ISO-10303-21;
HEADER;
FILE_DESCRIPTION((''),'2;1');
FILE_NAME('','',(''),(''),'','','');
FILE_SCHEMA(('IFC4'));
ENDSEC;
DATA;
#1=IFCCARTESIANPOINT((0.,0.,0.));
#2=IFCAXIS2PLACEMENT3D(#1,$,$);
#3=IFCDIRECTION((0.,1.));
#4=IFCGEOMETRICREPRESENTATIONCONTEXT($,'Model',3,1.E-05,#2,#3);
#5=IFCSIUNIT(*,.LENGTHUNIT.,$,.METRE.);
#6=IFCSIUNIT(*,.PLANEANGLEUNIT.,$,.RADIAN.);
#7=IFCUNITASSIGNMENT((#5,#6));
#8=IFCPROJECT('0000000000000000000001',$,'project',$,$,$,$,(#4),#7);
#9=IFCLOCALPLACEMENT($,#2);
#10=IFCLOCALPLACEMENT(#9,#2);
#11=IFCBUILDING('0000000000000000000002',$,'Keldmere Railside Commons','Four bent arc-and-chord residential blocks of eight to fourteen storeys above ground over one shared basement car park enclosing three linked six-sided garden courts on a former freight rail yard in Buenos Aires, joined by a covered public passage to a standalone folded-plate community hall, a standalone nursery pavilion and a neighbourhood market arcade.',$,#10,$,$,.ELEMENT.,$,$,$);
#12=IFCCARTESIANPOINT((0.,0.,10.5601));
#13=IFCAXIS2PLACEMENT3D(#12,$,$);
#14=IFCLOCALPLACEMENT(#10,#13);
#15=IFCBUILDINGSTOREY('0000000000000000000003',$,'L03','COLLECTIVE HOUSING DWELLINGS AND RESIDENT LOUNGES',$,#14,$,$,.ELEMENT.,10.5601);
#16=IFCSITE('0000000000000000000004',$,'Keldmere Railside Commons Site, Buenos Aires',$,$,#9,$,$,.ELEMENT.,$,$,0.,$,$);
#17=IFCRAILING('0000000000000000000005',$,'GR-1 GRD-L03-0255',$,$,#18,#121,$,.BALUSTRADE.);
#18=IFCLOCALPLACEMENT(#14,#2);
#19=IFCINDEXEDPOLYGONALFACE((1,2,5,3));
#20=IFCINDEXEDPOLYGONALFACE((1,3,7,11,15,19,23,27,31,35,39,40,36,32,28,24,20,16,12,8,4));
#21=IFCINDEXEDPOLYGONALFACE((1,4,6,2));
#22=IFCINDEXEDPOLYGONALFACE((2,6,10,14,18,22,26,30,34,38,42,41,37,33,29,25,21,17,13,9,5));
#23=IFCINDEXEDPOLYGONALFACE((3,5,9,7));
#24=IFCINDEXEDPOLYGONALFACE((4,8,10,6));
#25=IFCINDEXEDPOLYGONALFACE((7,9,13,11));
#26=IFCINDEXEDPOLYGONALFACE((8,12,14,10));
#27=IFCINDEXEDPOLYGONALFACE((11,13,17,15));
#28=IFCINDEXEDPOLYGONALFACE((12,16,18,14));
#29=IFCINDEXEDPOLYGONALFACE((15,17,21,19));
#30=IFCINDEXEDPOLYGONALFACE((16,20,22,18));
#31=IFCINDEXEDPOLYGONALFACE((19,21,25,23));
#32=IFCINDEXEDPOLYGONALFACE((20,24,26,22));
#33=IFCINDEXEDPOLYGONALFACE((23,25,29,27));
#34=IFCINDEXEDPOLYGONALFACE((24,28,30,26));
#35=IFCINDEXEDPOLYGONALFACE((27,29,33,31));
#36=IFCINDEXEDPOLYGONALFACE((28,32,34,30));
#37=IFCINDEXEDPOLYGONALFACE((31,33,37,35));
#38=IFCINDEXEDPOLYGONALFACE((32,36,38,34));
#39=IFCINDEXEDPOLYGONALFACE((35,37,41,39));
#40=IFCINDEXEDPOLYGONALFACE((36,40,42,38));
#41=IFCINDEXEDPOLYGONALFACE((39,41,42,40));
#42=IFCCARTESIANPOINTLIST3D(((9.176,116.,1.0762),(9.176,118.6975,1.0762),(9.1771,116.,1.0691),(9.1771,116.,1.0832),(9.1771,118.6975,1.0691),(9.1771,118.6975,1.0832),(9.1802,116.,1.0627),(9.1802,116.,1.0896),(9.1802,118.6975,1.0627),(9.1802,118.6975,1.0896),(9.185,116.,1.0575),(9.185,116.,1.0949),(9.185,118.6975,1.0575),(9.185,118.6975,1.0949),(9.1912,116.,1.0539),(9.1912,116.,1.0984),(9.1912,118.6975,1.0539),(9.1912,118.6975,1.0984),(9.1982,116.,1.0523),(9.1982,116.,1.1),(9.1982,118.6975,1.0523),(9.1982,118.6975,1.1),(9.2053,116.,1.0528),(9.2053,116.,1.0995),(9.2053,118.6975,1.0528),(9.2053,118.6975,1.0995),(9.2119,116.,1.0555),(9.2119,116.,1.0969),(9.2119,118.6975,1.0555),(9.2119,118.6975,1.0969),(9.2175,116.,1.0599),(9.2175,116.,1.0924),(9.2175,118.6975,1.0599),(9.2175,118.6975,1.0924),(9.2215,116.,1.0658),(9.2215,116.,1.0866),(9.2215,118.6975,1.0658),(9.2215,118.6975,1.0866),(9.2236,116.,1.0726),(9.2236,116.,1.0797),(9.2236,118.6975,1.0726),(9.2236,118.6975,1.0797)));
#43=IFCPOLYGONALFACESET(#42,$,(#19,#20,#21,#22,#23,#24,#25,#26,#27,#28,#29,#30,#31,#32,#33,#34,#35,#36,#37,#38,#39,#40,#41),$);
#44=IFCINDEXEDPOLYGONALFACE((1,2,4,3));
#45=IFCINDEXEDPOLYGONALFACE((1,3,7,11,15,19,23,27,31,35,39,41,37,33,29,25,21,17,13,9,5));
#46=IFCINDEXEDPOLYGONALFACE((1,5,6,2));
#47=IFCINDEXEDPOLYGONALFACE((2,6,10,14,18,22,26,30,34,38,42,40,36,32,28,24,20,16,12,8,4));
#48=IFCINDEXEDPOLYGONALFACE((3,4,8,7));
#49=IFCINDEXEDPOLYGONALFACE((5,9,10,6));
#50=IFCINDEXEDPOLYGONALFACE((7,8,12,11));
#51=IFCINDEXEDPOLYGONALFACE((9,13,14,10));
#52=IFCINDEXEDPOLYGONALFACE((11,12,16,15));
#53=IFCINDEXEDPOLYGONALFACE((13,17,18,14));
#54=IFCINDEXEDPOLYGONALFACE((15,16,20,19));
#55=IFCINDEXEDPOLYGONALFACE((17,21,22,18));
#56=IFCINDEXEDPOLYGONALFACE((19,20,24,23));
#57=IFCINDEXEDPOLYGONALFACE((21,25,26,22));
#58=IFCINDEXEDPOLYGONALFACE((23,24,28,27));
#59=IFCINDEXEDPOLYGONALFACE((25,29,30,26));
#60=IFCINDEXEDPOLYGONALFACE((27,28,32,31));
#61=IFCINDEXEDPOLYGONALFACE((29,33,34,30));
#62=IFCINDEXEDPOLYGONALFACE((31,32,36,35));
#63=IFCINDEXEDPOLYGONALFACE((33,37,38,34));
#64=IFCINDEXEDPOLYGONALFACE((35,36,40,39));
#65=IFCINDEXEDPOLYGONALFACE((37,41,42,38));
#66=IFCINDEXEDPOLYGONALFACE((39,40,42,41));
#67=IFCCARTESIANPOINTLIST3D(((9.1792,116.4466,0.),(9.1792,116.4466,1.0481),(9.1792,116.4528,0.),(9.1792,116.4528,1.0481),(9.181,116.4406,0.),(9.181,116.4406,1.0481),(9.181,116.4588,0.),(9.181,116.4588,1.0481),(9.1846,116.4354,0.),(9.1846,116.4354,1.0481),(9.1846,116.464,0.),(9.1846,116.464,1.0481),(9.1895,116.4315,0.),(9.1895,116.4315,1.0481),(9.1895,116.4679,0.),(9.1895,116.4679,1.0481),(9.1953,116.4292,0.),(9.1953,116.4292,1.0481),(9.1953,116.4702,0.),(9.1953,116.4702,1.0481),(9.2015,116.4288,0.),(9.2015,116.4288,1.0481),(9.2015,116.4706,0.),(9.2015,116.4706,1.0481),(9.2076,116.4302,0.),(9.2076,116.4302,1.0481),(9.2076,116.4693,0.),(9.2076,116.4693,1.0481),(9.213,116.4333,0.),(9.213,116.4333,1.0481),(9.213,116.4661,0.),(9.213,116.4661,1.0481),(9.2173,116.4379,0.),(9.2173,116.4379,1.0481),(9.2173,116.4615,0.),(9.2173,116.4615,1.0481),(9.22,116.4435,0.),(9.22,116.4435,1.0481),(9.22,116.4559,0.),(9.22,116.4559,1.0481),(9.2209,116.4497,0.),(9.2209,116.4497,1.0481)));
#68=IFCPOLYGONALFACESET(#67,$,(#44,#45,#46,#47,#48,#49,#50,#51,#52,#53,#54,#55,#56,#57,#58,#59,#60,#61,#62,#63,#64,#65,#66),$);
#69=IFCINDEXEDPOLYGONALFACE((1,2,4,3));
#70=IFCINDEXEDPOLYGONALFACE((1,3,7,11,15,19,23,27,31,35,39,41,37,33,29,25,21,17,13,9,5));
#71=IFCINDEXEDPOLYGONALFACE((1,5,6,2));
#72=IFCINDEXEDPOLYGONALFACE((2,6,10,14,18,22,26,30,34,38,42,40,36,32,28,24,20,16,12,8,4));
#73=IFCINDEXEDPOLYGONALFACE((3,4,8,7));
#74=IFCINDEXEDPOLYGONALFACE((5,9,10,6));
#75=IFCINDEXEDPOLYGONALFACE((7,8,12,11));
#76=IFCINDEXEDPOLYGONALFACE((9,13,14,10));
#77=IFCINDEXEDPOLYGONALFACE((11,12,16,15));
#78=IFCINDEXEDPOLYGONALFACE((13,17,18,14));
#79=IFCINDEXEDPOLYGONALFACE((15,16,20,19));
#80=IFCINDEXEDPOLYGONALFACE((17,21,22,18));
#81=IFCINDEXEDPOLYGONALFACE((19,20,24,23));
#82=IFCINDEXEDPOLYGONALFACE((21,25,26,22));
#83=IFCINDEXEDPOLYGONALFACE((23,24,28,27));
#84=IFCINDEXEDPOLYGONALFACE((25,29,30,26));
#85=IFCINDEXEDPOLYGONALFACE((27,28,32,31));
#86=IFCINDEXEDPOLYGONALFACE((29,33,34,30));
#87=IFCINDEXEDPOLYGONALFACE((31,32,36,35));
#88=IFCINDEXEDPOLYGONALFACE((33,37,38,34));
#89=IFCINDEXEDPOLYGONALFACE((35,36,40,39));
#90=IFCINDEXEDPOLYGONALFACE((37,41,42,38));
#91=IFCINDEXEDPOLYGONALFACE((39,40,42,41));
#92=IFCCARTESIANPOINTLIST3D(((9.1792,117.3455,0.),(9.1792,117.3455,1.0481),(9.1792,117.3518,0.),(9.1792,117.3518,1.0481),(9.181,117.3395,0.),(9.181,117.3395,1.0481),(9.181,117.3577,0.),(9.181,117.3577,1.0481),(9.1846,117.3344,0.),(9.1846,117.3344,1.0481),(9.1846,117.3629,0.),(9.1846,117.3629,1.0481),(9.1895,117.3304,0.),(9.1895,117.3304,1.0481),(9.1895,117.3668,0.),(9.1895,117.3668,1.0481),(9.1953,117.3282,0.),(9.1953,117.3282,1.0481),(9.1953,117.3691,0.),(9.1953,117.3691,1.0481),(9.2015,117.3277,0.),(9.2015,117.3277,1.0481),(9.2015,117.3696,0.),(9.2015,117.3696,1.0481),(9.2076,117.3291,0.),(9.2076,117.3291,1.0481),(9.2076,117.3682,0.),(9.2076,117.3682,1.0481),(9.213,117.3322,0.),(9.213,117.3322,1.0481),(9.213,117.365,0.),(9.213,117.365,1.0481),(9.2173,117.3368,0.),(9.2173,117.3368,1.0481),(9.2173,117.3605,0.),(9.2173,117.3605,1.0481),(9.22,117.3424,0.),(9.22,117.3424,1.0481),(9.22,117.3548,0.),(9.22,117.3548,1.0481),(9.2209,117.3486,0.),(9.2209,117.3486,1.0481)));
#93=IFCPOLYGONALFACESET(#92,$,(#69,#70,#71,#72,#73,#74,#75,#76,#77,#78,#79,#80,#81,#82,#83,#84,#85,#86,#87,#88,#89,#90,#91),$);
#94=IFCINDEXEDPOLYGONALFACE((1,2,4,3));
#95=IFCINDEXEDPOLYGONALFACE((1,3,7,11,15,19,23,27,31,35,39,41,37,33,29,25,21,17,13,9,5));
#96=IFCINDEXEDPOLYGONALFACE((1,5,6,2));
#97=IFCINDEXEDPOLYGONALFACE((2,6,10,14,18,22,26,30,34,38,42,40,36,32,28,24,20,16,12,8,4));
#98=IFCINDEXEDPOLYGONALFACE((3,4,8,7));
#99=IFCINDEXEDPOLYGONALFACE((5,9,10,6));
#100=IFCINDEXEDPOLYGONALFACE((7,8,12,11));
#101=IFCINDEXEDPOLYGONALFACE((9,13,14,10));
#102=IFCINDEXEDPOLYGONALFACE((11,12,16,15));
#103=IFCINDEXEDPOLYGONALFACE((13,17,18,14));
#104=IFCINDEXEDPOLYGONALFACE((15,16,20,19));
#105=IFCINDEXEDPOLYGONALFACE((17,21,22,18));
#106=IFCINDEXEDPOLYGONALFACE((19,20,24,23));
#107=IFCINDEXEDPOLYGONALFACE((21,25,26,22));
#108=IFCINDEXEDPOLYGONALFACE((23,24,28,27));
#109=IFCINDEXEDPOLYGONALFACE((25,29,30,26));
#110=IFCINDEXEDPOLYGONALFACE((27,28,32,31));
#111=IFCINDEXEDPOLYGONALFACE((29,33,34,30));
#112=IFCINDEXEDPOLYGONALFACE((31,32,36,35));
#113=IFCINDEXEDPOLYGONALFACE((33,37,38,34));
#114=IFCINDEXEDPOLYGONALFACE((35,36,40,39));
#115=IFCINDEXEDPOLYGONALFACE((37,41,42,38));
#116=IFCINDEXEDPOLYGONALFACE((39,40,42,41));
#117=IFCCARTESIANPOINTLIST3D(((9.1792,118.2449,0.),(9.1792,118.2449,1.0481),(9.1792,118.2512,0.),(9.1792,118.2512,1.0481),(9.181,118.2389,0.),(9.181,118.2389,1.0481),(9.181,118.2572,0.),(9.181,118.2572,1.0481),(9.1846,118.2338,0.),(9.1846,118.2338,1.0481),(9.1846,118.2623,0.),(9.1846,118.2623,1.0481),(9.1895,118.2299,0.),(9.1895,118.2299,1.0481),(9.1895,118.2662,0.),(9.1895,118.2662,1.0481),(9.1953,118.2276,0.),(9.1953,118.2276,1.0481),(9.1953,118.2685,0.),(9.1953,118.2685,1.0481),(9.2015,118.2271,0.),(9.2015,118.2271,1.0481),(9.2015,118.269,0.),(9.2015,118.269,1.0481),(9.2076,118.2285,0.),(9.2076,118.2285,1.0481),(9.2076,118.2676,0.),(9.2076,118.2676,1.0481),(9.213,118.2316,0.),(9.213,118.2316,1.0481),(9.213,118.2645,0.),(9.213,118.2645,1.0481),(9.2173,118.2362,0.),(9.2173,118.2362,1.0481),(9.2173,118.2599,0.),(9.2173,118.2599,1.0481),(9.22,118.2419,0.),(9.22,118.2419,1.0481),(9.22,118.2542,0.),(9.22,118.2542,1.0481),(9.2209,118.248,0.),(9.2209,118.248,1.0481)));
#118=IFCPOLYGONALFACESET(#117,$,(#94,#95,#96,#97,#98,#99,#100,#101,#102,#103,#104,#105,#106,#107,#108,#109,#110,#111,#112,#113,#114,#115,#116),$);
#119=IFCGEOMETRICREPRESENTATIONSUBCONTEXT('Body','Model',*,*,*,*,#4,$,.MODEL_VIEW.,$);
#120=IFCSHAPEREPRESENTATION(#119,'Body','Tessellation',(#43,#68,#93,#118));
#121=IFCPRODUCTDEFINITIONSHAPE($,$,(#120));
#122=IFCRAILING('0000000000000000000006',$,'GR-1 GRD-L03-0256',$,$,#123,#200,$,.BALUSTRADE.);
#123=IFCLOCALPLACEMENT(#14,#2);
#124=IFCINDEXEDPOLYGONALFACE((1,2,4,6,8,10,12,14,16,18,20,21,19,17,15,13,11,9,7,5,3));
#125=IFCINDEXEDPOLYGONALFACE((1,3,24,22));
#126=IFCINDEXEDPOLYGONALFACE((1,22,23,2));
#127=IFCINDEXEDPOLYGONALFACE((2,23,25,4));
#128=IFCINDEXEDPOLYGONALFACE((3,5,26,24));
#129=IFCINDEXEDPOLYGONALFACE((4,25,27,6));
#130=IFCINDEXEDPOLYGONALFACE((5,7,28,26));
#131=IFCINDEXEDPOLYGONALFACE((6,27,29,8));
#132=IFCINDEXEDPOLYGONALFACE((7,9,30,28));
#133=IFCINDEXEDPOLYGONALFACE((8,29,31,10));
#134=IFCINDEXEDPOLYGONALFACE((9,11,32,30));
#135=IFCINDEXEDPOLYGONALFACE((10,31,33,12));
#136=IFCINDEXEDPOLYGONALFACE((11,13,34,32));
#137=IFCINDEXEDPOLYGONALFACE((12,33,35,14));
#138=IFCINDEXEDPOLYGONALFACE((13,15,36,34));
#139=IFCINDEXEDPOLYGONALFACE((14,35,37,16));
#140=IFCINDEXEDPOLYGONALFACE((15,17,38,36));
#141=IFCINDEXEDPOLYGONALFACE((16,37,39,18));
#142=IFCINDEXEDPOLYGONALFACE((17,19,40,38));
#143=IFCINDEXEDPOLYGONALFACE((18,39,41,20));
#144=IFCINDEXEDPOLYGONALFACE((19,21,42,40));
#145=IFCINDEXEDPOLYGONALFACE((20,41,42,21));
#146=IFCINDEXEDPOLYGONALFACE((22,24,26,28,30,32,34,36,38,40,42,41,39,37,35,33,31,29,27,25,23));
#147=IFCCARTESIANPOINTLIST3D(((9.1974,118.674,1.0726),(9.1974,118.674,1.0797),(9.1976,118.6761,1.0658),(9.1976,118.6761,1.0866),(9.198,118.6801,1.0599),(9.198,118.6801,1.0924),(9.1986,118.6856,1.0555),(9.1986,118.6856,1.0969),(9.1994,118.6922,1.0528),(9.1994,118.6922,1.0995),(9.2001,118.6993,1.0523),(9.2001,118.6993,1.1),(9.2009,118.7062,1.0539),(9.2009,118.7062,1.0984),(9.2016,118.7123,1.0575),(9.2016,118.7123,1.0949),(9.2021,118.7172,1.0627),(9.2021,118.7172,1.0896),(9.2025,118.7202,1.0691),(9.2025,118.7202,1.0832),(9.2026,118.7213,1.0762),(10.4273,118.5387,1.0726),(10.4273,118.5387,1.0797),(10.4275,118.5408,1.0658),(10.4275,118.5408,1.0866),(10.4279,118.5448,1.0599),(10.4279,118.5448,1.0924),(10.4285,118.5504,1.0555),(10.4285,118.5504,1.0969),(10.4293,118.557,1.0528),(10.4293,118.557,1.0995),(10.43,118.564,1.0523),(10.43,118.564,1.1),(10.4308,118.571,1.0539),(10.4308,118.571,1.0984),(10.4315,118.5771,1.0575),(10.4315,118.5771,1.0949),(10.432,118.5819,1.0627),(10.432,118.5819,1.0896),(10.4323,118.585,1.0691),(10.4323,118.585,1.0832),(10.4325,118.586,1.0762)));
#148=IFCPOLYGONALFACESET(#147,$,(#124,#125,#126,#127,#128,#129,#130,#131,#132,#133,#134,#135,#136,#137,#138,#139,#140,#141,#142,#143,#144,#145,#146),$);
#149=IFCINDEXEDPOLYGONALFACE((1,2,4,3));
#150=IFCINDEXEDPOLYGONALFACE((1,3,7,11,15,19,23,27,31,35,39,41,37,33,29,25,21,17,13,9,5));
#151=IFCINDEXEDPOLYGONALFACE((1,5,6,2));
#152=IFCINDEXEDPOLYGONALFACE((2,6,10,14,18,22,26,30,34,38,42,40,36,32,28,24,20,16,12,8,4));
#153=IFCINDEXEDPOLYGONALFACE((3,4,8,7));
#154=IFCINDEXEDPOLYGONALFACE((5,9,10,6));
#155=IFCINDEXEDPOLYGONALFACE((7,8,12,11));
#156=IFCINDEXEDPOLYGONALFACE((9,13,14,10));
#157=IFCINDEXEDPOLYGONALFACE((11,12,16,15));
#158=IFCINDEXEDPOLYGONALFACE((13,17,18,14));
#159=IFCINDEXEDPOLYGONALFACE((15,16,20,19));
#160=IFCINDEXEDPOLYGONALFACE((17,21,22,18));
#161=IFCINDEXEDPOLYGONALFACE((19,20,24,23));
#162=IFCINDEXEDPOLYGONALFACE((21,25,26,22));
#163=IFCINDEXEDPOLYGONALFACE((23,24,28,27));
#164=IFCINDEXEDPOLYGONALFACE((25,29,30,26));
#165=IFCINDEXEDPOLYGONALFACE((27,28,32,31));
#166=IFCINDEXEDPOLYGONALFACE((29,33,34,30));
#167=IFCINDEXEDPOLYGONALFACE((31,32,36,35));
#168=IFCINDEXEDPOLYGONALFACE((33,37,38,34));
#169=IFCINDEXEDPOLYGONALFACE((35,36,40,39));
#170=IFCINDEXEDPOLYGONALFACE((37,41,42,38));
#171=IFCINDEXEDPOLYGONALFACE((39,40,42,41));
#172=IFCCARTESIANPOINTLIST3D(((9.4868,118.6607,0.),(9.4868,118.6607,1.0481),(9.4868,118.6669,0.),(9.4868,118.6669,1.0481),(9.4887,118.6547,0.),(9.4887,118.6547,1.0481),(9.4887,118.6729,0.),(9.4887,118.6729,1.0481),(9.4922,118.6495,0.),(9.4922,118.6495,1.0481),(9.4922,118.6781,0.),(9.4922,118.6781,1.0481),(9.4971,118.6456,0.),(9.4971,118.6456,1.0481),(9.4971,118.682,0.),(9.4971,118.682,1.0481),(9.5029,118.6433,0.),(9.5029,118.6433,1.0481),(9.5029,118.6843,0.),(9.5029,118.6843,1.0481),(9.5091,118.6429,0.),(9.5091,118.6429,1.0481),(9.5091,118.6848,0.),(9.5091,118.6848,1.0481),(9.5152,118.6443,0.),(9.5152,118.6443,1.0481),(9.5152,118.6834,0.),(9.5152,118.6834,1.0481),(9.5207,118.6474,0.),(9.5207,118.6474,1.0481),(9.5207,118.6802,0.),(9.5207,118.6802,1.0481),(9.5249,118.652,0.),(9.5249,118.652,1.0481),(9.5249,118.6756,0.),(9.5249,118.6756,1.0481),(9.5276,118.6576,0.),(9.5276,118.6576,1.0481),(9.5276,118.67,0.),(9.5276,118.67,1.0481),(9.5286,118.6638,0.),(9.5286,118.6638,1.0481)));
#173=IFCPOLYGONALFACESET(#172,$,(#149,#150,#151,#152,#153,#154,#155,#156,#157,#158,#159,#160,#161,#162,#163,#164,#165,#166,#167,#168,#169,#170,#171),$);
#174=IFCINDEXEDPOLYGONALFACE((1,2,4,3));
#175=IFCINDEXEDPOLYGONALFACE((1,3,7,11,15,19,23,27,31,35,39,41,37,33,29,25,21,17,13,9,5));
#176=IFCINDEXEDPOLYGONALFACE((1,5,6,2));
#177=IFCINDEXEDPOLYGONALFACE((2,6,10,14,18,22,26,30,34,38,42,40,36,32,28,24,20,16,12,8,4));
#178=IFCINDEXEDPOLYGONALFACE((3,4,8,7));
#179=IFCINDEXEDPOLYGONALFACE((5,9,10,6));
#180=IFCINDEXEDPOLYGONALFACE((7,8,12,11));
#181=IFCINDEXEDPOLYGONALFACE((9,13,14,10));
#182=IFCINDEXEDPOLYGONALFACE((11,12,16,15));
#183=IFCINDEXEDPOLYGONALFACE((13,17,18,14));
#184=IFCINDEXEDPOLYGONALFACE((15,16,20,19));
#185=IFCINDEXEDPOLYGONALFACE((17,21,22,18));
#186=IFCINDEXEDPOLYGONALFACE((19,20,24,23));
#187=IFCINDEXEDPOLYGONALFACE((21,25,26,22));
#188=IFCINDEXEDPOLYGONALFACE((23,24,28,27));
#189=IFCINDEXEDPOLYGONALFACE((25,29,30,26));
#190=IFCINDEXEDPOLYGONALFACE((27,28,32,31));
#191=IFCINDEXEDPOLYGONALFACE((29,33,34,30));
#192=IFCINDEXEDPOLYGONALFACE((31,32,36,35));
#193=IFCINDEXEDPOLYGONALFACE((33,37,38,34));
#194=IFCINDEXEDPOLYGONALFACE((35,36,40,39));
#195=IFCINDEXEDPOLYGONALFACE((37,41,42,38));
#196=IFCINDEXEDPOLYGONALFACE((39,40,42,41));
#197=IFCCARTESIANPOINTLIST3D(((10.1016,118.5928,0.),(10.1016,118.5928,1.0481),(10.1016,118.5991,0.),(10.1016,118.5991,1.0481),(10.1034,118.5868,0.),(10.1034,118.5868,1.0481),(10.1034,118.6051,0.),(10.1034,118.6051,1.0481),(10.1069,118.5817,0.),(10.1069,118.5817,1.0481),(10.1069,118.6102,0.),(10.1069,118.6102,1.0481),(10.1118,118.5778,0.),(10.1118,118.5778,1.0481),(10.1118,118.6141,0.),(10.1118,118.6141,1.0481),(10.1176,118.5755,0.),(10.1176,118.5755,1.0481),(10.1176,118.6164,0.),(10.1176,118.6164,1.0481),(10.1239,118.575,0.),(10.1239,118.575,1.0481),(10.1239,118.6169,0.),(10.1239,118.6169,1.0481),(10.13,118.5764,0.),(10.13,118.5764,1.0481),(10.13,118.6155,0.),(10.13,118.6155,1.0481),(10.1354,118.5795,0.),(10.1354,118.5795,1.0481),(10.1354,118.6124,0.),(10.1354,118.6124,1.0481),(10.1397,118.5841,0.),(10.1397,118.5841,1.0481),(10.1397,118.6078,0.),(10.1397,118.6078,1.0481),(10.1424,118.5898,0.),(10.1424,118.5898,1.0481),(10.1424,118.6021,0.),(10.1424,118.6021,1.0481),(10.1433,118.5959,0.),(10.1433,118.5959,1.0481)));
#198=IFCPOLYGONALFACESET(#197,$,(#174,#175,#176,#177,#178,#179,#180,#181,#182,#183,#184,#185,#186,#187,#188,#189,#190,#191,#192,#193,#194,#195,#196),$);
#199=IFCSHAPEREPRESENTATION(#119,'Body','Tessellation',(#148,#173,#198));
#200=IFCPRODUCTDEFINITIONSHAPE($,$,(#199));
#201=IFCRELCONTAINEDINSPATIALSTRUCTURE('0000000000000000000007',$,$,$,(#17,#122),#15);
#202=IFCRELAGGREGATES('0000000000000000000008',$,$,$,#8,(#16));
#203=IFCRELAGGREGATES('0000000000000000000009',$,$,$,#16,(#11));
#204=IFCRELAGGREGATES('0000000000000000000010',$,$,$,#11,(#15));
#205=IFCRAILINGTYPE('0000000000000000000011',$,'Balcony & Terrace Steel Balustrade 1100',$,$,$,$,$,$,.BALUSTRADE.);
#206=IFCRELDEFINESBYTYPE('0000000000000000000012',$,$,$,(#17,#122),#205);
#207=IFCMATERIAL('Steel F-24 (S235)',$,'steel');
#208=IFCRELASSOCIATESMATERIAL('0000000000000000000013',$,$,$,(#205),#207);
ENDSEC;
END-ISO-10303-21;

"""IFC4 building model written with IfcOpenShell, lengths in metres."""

from ifc_helpers import new_model, si_unit, direction, frame, origin, origin_2d, place, context, subcontext, project, spatial, circle, extrude, material, type_object, element, save


model = new_model("IFC4")

# Units and contexts
model_context = context("Model", 3, precision=1e-05, world=origin(), true_north=direction((0.0, 1.0)))
body_context = subcontext(model_context, "Body", "Model", "MODEL_VIEW")
ifc_project = project(units=[si_unit("LENGTHUNIT", "METRE"), si_unit("PLANEANGLEUNIT", "RADIAN")], contexts=[model_context])

# Site, building, storey
site_placement = place(None, origin())
site = spatial("IfcSite", under=ifc_project, at=site_placement, Name="Keldmere Railside Commons Site, Buenos Aires", CompositionType="ELEMENT", RefElevation=0.0)
building_placement = place(site_placement, origin())
building = spatial("IfcBuilding", under=site, at=building_placement, Name="Keldmere Railside Commons", Description="Four bent arc-and-chord residential blocks of eight to fourteen storeys above ground over one shared basement car park enclosing three linked six-sided garden courts on a former freight rail yard in Buenos Aires, joined by a covered public passage to a standalone folded-plate community hall, a standalone nursery pavilion and a neighbourhood market arcade.", CompositionType="ELEMENT")
storey_placement = place(building_placement, frame((0.0, 0.0, 10.5601)))
storey = spatial("IfcBuildingStorey", under=building, at=storey_placement, Name="L03", Description="COLLECTIVE HOUSING DWELLINGS AND RESIDENT LOUNGES", CompositionType="ELEMENT", Elevation=10.5601)

# Railings
ifc_material_1 = material(Name="Steel F-24 (S235)", Category="steel")
railing_type = type_object("IfcRailingType", Name="Balcony & Terrace Steel Balustrade 1100", PredefinedType="BALUSTRADE", material=ifc_material_1)
railing_1_placement = place(storey_placement, frame((9.2, 116.0, 0.0)))
element("IfcRailing", 1, at=railing_1_placement, inside=storey, type_object=railing_type, Name="GR-1 GRD-L03-0255", PredefinedType="BALUSTRADE", context=body_context, shape_type="SweptSolid", body=[
    extrude(circle(Radius=0.0239, at=origin_2d()), frame((0.0, 0.0, 1.0762), z_axis=(0.0, 1.0, 0.0), x_axis=(-1.0, 0.0, 0.0)), (0.0, 0.0, 1.0), 2.6975),
    extrude(circle(Radius=0.021, at=origin_2d()), frame((0.0, 0.4497, 0.0)), (0.0, 0.0, 1.0), 1.0481),
    extrude(circle(Radius=0.021, at=origin_2d()), frame((0.0, 1.3486, 0.0)), (0.0, 0.0, 1.0), 1.0481),
    extrude(circle(Radius=0.021, at=origin_2d()), frame((0.0, 2.248, 0.0)), (0.0, 0.0, 1.0), 1.0481),
])
railing_2_placement = place(storey_placement, frame((9.2, 118.6975, 0.0)))
element("IfcRailing", 2, at=railing_2_placement, inside=storey, type_object=railing_type, Name="GR-1 GRD-L03-0256", PredefinedType="BALUSTRADE", context=body_context, shape_type="SweptSolid", body=[
    extrude(circle(Radius=0.0239, at=origin_2d()), frame((0.0, 0.0, 1.0762), z_axis=(0.994008, -0.109305, 0.0), x_axis=(0.109305, 0.994008, 0.0)), (0.0, 0.0, 1.0), 1.2373),
    extrude(circle(Radius=0.021, at=origin_2d()), frame((0.3076, -0.0337, 0.0)), (0.0, 0.0, 1.0), 1.0481),
    extrude(circle(Radius=0.021, at=origin_2d()), frame((0.9224, -0.1016, 0.0)), (0.0, 0.0, 1.0), 1.0481),
])

save(model, "model.ifc")
